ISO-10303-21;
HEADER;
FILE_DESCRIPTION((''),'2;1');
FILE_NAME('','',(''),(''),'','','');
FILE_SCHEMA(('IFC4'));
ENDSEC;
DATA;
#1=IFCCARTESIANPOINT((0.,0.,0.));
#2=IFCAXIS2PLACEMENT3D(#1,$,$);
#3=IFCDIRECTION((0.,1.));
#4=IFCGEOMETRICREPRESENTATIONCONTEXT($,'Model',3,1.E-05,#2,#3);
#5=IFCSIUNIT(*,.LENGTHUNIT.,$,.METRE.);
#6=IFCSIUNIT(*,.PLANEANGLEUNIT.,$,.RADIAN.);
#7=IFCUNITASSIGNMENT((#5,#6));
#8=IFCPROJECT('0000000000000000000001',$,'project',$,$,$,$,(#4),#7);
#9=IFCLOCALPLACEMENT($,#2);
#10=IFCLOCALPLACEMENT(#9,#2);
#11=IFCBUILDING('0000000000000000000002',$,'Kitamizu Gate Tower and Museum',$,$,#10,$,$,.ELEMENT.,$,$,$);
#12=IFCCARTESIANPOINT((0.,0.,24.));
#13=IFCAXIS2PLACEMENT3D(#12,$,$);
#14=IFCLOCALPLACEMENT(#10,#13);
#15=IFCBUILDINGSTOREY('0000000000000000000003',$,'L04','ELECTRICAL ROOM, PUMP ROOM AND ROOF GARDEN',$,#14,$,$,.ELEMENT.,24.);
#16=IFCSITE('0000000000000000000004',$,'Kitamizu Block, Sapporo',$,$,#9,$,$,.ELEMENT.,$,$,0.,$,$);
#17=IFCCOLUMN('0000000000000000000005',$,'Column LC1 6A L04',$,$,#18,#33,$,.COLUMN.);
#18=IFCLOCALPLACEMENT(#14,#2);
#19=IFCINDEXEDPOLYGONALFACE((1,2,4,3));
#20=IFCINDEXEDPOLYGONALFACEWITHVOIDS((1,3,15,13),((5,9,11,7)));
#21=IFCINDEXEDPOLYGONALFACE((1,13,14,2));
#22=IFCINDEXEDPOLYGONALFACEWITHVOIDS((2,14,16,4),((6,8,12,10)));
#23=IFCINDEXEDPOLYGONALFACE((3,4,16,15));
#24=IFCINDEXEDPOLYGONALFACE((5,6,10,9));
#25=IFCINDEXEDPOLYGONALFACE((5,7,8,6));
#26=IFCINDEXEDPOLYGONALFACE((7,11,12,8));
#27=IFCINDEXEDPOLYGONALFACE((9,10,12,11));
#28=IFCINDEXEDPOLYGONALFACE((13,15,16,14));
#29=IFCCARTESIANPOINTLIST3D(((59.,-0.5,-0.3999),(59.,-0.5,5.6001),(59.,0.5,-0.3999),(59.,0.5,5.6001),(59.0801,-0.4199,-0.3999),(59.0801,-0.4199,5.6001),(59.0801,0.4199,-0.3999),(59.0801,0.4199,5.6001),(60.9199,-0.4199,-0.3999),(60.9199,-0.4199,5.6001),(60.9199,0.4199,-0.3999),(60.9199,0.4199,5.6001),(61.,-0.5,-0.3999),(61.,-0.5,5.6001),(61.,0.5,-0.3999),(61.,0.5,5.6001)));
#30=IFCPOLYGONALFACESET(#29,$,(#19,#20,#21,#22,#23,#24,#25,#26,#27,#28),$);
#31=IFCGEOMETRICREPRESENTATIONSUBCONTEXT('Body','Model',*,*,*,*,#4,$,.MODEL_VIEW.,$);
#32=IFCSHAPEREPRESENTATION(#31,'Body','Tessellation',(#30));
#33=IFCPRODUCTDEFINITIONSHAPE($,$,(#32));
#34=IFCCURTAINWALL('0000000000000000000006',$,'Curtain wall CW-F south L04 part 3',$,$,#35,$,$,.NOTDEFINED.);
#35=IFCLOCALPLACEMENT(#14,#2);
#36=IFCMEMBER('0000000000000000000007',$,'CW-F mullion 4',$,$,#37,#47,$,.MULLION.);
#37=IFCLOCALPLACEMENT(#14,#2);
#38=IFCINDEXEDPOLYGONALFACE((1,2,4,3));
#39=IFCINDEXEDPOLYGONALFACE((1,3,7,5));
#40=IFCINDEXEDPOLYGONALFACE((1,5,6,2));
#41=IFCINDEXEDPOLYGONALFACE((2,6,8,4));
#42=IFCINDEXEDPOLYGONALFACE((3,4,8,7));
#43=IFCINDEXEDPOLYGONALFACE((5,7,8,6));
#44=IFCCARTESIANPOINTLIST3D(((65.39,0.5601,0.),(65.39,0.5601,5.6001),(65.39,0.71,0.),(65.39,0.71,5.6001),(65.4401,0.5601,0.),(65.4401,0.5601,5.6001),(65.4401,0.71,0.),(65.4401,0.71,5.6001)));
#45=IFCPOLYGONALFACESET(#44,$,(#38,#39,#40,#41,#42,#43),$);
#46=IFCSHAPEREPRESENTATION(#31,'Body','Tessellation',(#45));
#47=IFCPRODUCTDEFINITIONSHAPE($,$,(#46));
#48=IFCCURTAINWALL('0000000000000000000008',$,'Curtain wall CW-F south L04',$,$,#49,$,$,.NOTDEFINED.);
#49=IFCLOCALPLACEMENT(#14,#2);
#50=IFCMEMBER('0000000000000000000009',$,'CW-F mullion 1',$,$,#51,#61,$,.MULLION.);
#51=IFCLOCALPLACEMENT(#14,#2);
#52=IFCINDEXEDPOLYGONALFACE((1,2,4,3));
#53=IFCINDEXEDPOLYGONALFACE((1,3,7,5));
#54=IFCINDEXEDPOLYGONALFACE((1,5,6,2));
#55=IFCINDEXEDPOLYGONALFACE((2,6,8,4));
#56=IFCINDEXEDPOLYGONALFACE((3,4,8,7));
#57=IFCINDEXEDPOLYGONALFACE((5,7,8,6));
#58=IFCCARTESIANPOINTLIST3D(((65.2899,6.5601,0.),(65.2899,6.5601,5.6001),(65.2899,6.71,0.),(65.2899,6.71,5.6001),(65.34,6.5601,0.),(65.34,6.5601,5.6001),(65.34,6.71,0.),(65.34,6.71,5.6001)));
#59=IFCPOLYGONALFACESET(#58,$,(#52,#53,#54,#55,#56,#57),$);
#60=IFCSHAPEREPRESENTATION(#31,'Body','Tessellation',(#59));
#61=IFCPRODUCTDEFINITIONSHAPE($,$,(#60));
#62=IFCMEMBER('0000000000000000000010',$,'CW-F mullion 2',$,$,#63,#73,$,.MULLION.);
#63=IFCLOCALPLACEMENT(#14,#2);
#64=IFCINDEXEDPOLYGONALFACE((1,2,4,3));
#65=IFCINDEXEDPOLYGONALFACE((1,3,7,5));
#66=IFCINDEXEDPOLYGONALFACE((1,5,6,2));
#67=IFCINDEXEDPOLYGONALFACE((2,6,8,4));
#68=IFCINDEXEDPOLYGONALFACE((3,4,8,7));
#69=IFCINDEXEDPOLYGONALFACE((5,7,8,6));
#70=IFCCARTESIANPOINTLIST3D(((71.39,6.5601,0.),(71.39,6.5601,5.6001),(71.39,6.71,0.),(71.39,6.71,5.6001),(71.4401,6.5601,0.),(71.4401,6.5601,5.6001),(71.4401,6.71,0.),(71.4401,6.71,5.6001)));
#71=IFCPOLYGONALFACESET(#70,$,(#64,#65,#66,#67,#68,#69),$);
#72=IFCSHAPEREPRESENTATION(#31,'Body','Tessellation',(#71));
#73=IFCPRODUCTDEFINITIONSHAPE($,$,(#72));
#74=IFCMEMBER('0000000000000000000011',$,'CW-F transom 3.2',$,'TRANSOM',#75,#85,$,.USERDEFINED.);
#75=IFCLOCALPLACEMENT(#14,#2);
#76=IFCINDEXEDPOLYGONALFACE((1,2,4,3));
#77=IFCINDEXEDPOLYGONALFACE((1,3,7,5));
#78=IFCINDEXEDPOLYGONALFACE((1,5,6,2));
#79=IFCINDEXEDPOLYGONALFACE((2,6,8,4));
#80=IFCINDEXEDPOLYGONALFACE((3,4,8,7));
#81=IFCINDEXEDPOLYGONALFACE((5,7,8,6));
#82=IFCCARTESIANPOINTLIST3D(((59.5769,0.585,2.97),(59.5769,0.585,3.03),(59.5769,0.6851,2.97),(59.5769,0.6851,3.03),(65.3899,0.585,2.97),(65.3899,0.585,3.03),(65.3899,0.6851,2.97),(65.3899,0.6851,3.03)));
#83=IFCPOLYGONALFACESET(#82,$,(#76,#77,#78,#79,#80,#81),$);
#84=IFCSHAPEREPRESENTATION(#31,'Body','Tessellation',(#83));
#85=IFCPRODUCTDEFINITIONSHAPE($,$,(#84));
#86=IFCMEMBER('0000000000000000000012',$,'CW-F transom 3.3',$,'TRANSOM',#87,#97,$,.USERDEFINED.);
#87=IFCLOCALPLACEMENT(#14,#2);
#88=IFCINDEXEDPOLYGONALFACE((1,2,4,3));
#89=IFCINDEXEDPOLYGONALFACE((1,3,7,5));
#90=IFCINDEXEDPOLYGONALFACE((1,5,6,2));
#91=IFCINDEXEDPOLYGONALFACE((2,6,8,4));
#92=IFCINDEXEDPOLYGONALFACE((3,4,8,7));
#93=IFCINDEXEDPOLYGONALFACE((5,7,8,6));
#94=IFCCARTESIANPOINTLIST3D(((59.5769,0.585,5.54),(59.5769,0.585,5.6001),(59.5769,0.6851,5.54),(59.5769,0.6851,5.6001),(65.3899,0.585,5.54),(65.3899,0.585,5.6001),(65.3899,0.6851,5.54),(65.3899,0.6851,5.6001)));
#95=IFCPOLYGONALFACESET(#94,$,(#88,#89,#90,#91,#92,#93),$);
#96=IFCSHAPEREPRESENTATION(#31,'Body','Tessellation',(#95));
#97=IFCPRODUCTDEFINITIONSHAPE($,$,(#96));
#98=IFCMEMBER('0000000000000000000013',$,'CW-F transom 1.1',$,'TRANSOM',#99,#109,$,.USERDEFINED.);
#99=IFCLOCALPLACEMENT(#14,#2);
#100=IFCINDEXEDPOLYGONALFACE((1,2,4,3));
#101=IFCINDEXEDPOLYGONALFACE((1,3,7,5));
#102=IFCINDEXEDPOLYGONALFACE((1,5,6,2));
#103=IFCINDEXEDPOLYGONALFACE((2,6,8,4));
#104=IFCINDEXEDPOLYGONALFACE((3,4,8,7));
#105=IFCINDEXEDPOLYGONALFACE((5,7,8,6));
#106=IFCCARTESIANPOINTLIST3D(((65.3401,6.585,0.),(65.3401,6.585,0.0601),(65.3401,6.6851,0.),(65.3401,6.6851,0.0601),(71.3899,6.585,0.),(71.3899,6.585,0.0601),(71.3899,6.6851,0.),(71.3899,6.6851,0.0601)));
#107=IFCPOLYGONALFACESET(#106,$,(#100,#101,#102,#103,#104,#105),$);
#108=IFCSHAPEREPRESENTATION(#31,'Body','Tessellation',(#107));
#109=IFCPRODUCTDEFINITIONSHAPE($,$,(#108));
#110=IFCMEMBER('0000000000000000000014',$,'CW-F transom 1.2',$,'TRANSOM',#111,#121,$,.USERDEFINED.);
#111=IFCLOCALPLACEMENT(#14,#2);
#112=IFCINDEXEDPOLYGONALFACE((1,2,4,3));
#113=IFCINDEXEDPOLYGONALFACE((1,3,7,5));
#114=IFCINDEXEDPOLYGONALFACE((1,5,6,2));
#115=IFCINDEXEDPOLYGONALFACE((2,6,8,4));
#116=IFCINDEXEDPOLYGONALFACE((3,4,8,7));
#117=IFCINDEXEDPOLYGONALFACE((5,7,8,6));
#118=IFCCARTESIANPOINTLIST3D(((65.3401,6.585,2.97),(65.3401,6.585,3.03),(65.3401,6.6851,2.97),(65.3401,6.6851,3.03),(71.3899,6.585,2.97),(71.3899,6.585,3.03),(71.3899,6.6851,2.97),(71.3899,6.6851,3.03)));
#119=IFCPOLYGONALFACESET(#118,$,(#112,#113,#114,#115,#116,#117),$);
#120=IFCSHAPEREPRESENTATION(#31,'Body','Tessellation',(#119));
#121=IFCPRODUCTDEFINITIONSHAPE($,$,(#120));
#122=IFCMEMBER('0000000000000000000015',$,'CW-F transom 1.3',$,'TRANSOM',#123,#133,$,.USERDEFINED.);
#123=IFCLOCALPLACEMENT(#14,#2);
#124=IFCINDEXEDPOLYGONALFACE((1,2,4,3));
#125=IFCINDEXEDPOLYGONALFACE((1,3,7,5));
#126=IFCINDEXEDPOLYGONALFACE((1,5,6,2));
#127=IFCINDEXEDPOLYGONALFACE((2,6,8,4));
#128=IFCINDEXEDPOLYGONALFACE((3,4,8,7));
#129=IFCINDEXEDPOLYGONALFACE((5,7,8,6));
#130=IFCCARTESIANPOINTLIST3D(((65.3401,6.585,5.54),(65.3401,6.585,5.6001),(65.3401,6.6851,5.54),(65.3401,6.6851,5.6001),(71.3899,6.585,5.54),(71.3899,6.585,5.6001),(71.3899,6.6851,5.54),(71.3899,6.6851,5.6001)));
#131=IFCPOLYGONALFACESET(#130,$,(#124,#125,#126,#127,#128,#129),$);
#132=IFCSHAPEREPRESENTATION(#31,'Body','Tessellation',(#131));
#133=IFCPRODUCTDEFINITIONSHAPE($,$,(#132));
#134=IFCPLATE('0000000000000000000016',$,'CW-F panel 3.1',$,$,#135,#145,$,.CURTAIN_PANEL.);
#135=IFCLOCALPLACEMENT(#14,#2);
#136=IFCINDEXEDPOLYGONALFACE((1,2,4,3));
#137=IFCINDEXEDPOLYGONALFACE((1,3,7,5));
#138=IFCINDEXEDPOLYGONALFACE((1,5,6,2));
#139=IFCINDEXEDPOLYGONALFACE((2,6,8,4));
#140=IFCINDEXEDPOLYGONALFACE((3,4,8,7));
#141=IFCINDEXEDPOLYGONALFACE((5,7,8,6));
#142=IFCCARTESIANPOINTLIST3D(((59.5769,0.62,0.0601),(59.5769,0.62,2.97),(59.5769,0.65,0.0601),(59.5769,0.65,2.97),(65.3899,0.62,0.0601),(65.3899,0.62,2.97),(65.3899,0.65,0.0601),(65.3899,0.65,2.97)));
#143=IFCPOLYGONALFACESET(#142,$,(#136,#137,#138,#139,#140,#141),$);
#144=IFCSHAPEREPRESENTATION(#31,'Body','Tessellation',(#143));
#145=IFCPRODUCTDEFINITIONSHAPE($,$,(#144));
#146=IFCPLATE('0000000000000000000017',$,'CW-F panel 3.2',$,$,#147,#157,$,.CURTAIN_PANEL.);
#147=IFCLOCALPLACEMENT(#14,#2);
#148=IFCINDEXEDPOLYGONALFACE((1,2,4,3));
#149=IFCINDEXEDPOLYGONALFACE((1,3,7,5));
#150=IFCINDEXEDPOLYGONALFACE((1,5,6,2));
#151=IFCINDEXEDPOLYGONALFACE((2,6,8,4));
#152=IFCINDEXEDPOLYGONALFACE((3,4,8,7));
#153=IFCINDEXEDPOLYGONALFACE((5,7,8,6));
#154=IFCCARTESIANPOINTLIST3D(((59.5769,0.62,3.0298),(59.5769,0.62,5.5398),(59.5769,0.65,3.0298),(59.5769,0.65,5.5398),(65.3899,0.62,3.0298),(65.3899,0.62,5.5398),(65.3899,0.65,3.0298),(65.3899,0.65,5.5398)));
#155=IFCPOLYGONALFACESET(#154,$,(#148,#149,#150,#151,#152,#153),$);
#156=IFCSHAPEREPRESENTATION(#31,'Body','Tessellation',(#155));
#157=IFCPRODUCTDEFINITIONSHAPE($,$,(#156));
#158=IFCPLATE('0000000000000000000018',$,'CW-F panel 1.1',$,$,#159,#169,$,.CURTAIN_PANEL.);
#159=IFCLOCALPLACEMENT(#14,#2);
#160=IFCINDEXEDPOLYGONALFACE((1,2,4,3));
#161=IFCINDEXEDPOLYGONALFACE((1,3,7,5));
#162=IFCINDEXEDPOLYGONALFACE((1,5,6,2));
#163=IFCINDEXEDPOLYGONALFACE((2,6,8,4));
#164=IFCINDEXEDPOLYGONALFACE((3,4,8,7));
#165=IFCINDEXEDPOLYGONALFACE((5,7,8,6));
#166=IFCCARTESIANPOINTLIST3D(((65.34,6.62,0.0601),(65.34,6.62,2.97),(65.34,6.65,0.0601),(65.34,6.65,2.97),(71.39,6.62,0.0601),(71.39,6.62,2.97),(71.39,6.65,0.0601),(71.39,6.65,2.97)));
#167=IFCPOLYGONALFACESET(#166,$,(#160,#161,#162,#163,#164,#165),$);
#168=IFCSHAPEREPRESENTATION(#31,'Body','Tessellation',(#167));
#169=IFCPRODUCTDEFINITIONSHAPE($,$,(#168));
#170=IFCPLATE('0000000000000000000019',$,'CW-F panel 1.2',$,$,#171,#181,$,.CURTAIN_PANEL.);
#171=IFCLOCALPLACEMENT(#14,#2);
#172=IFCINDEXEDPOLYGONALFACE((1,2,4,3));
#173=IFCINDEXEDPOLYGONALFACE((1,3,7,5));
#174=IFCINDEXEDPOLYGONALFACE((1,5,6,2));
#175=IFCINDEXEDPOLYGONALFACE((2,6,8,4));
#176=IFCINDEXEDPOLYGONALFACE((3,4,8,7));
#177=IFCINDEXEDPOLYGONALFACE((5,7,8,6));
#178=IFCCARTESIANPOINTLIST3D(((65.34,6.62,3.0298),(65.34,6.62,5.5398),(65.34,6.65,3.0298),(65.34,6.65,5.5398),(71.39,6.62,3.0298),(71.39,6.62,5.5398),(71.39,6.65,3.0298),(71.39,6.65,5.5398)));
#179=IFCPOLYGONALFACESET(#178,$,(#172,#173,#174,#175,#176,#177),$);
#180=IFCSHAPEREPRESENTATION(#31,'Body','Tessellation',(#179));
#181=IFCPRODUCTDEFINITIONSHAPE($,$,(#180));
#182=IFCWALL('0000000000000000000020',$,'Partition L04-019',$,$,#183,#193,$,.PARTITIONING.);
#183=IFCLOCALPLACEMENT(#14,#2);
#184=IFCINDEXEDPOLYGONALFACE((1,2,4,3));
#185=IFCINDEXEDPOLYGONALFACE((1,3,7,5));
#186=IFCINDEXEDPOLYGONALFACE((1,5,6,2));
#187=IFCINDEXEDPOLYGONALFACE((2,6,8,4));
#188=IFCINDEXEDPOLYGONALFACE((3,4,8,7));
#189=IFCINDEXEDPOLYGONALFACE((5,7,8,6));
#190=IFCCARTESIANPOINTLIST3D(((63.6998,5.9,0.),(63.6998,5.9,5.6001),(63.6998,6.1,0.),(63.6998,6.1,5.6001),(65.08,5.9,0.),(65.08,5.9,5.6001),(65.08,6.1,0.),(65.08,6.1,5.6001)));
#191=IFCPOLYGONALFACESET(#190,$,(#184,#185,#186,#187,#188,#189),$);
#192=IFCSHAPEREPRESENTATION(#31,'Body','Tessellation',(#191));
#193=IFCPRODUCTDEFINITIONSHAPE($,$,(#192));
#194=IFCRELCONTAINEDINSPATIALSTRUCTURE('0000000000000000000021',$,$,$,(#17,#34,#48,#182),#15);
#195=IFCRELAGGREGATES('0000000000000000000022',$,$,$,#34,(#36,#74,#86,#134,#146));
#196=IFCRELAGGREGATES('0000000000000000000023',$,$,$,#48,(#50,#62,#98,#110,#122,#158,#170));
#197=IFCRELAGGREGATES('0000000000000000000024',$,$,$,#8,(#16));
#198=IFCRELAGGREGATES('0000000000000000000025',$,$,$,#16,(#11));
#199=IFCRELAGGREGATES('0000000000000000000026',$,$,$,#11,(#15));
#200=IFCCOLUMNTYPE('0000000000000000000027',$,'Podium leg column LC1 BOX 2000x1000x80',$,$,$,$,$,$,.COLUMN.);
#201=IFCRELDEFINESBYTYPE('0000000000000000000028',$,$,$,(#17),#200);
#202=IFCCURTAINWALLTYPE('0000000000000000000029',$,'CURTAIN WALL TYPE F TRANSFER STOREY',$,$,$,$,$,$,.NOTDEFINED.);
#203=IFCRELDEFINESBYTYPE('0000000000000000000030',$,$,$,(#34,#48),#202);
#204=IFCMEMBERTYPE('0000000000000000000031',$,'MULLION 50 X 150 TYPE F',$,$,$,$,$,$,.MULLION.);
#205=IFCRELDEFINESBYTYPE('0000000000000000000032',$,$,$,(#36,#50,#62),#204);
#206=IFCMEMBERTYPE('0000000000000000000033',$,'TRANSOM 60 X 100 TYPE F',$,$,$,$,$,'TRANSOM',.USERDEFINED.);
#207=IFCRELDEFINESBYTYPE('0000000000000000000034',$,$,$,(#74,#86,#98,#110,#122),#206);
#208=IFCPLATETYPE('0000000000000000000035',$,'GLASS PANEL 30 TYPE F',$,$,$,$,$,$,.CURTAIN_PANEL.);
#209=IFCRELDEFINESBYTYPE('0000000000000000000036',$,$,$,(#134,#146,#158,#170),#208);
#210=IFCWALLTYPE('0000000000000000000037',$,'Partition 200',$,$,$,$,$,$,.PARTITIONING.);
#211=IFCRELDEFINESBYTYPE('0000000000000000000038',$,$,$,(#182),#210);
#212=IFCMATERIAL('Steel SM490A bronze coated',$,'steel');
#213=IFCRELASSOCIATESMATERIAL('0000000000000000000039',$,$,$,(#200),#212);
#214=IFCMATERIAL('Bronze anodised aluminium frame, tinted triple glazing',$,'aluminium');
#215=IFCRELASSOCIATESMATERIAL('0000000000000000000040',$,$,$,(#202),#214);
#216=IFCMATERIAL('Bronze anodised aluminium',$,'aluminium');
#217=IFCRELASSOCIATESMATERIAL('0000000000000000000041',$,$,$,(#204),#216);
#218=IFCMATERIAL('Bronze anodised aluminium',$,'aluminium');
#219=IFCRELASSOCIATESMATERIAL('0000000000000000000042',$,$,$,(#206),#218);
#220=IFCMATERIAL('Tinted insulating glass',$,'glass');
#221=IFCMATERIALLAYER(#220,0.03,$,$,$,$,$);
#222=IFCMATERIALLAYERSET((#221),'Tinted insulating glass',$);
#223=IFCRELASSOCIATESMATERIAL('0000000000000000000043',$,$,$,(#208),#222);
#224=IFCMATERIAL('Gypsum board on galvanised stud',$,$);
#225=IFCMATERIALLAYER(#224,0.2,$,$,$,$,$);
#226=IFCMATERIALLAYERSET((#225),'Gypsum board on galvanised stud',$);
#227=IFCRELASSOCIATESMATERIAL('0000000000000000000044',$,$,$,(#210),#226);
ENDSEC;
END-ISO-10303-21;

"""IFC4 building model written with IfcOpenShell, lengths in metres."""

from ifc_helpers import new_model, si_unit, direction, frame, frame_2d, origin, origin_2d, place, context, subcontext, project, spatial, rectangle, hollow_rectangle, extrude, material, layer, layer_set, material_profile, profile_set, type_object, element, aggregate, save


model = new_model("IFC4")

# Units and contexts
model_context = context("Model", 3, precision=1e-05, world=origin(), true_north=direction((0.0, 1.0)))
body_context = subcontext(model_context, "Body", "Model", "MODEL_VIEW")
ifc_project = project(units=[si_unit("LENGTHUNIT", "METRE"), si_unit("PLANEANGLEUNIT", "RADIAN")], contexts=[model_context])

# Site, building, storey
site_placement = place(None, origin())
site = spatial("IfcSite", under=ifc_project, at=site_placement, Name="Kitamizu Block, Sapporo", CompositionType="ELEMENT", RefElevation=0.0)
building_placement = place(site_placement, origin())
building = spatial("IfcBuilding", under=site, at=building_placement, Name="Kitamizu Gate Tower and Museum", CompositionType="ELEMENT")
storey_placement = place(building_placement, frame((0.0, 0.0, 24.0)))
storey = spatial("IfcBuildingStorey", under=building, at=storey_placement, Name="L04", Description="ELECTRICAL ROOM, PUMP ROOM AND ROOF GARDEN", CompositionType="ELEMENT", Elevation=24.0)

# Column
ifc_material_1 = material(Name="Steel SM490A bronze coated", Category="steel")
ifc_material_profile_1 = material_profile(ifc_material_1, hollow_rectangle(XDim=2.0, YDim=1.0, WallThickness=0.0801, at=origin_2d()), Name="BOX 2000x1000x80")
ifc_profile_set_1 = profile_set([ifc_material_profile_1], Name="Steel SM490A bronze coated")
column_type = type_object("IfcColumnType", Name="Podium leg column LC1 BOX 2000x1000x80", PredefinedType="COLUMN", material=ifc_profile_set_1)
column_placement = place(storey_placement, frame((60.0, 0.0, -0.3999), z_axis=(0.0, 0.0, 1.0), x_axis=(1.0, 0.0, 0.0)))
element("IfcColumn", 1, at=column_placement, inside=storey, type_object=column_type, Name="Column LC1 6A L04", PredefinedType="COLUMN", context=body_context, shape_type="SweptSolid", body=[
    extrude(hollow_rectangle(XDim=2.0, YDim=1.0, WallThickness=0.0801, at=origin_2d()), origin(), (0.0, 0.0, 1.0), 6.0),
])

# Curtain wall, member
ifc_material_2 = material(Name="Bronze anodised aluminium frame, tinted triple glazing", Category="aluminium")
curtain_wall_type = type_object("IfcCurtainWallType", Name="CURTAIN WALL TYPE F TRANSFER STOREY", PredefinedType="NOTDEFINED", material=ifc_material_2)
curtain_wall_1_placement = place(storey_placement, origin())
curtain_wall_1 = element("IfcCurtainWall", 2, at=curtain_wall_1_placement, inside=storey, type_object=curtain_wall_type, Name="Curtain wall CW-F south L04 part 3", PredefinedType="NOTDEFINED")
ifc_material_3 = material(Name="Bronze anodised aluminium", Category="aluminium")
ifc_material_profile_2 = material_profile(ifc_material_3, rectangle(XDim=0.05, YDim=0.1499, at=origin_2d()), Name="AL 50X150")
ifc_profile_set_2 = profile_set([ifc_material_profile_2], Name="Bronze anodised aluminium")
member_type_1 = type_object("IfcMemberType", Name="MULLION 50 X 150 TYPE F", PredefinedType="MULLION", material=ifc_profile_set_2)
member_1_placement = place(storey_placement, frame((65.415, 0.635, 0.0), z_axis=(0.0, 0.0, 1.0), x_axis=(1.0, 0.0, 0.0)))
member_1 = element("IfcMember", 3, at=member_1_placement, type_object=member_type_1, Name="CW-F mullion 4", PredefinedType="MULLION", context=body_context, shape_type="SweptSolid", body=[
    extrude(rectangle(XDim=0.05, YDim=0.1499, at=origin_2d()), origin(), (0.0, 0.0, 1.0), 5.6001),
])

# Curtain wall, members
curtain_wall_2_placement = place(storey_placement, origin())
curtain_wall_2 = element("IfcCurtainWall", 4, at=curtain_wall_2_placement, inside=storey, type_object=curtain_wall_type, Name="Curtain wall CW-F south L04", PredefinedType="NOTDEFINED")
member_2_placement = place(storey_placement, frame((65.3149, 6.635, 0.0), z_axis=(0.0, 0.0, 1.0), x_axis=(1.0, 0.0, 0.0)))
member_2 = element("IfcMember", 5, at=member_2_placement, type_object=member_type_1, Name="CW-F mullion 1", PredefinedType="MULLION", context=body_context, shape_type="SweptSolid", body=[
    extrude(rectangle(XDim=0.05, YDim=0.1499, at=origin_2d()), origin(), (0.0, 0.0, 1.0), 5.6001),
])
member_3_placement = place(storey_placement, frame((71.415, 6.635, 0.0), z_axis=(0.0, 0.0, 1.0), x_axis=(1.0, 0.0, 0.0)))
member_3 = element("IfcMember", 6, at=member_3_placement, type_object=member_type_1, Name="CW-F mullion 2", PredefinedType="MULLION", context=body_context, shape_type="SweptSolid", body=[
    extrude(rectangle(XDim=0.05, YDim=0.1499, at=origin_2d()), origin(), (0.0, 0.0, 1.0), 5.6001),
])

# Members
ifc_material_4 = material(Name="Bronze anodised aluminium", Category="aluminium")
ifc_material_profile_3 = material_profile(ifc_material_4, rectangle(XDim=0.1001, YDim=0.0601, at=origin_2d()), Name="AL 60X100")
ifc_profile_set_3 = profile_set([ifc_material_profile_3], Name="Bronze anodised aluminium")
member_type_2 = type_object("IfcMemberType", Name="TRANSOM 60 X 100 TYPE F", ElementType="TRANSOM", PredefinedType="USERDEFINED", material=ifc_profile_set_3)
member_4_placement = place(storey_placement, frame((59.5769, 0.635, 3.0), z_axis=(1.0, 0.0, 0.0), x_axis=(0.0, 1.0, 0.0)))
member_4 = element("IfcMember", 7, at=member_4_placement, type_object=member_type_2, Name="CW-F transom 3.2", ObjectType="TRANSOM", PredefinedType="USERDEFINED", context=body_context, shape_type="SweptSolid", body=[
    extrude(rectangle(XDim=0.1001, YDim=0.0601, at=origin_2d()), origin(), (0.0, 0.0, 1.0), 5.813),
])
member_5_placement = place(storey_placement, frame((59.5769, 0.635, 5.5701), z_axis=(1.0, 0.0, 0.0), x_axis=(0.0, 1.0, 0.0)))
member_5 = element("IfcMember", 8, at=member_5_placement, type_object=member_type_2, Name="CW-F transom 3.3", ObjectType="TRANSOM", PredefinedType="USERDEFINED", context=body_context, shape_type="SweptSolid", body=[
    extrude(rectangle(XDim=0.1001, YDim=0.0601, at=origin_2d()), origin(), (0.0, 0.0, 1.0), 5.813),
])
member_6_placement = place(storey_placement, frame((65.3401, 6.635, 0.03), z_axis=(1.0, 0.0, 0.0), x_axis=(0.0, 1.0, 0.0)))
member_6 = element("IfcMember", 9, at=member_6_placement, type_object=member_type_2, Name="CW-F transom 1.1", ObjectType="TRANSOM", PredefinedType="USERDEFINED", context=body_context, shape_type="SweptSolid", body=[
    extrude(rectangle(XDim=0.1001, YDim=0.0601, at=origin_2d()), origin(), (0.0, 0.0, 1.0), 6.0498),
])
member_7_placement = place(storey_placement, frame((65.3401, 6.635, 3.0), z_axis=(1.0, 0.0, 0.0), x_axis=(0.0, 1.0, 0.0)))
member_7 = element("IfcMember", 10, at=member_7_placement, type_object=member_type_2, Name="CW-F transom 1.2", ObjectType="TRANSOM", PredefinedType="USERDEFINED", context=body_context, shape_type="SweptSolid", body=[
    extrude(rectangle(XDim=0.1001, YDim=0.0601, at=origin_2d()), origin(), (0.0, 0.0, 1.0), 6.0498),
])
member_8_placement = place(storey_placement, frame((65.3401, 6.635, 5.5701), z_axis=(1.0, 0.0, 0.0), x_axis=(0.0, 1.0, 0.0)))
member_8 = element("IfcMember", 11, at=member_8_placement, type_object=member_type_2, Name="CW-F transom 1.3", ObjectType="TRANSOM", PredefinedType="USERDEFINED", context=body_context, shape_type="SweptSolid", body=[
    extrude(rectangle(XDim=0.1001, YDim=0.0601, at=origin_2d()), origin(), (0.0, 0.0, 1.0), 6.0498),
])

# Plates
ifc_material_5 = material(Name="Tinted insulating glass", Category="glass")
ifc_layer_1 = layer(ifc_material_5, 0.03)
ifc_layer_set_1 = layer_set([ifc_layer_1], Name="Tinted insulating glass")
plate_type = type_object("IfcPlateType", Name="GLASS PANEL 30 TYPE F", PredefinedType="CURTAIN_PANEL", material=ifc_layer_set_1)
plate_1_placement = place(storey_placement, frame((62.4834, 0.635, 0.0601), z_axis=(0.0, 0.0, 1.0), x_axis=(1.0, 0.0, 0.0)))
plate_1 = element("IfcPlate", 12, at=plate_1_placement, type_object=plate_type, Name="CW-F panel 3.1", PredefinedType="CURTAIN_PANEL", context=body_context, shape_type="SweptSolid", body=[
    extrude(rectangle(XDim=5.813, YDim=0.03, at=origin_2d()), origin(), (0.0, 0.0, 1.0), 2.9099),
])
plate_2_placement = place(storey_placement, frame((62.4834, 0.635, 3.0298), z_axis=(0.0, 0.0, 1.0), x_axis=(1.0, 0.0, 0.0)))
plate_2 = element("IfcPlate", 13, at=plate_2_placement, type_object=plate_type, Name="CW-F panel 3.2", PredefinedType="CURTAIN_PANEL", context=body_context, shape_type="SweptSolid", body=[
    extrude(rectangle(XDim=5.813, YDim=0.03, at=origin_2d()), origin(), (0.0, 0.0, 1.0), 2.51),
])
aggregate(curtain_wall_1, [member_1, member_4, member_5, plate_1, plate_2])
plate_3_placement = place(storey_placement, frame((68.365, 6.635, 0.0601), z_axis=(0.0, 0.0, 1.0), x_axis=(1.0, 0.0, 0.0)))
plate_3 = element("IfcPlate", 14, at=plate_3_placement, type_object=plate_type, Name="CW-F panel 1.1", PredefinedType="CURTAIN_PANEL", context=body_context, shape_type="SweptSolid", body=[
    extrude(rectangle(XDim=6.05, YDim=0.03, at=origin_2d()), origin(), (0.0, 0.0, 1.0), 2.9099),
])
plate_4_placement = place(storey_placement, frame((68.365, 6.635, 3.0298), z_axis=(0.0, 0.0, 1.0), x_axis=(1.0, 0.0, 0.0)))
plate_4 = element("IfcPlate", 15, at=plate_4_placement, type_object=plate_type, Name="CW-F panel 1.2", PredefinedType="CURTAIN_PANEL", context=body_context, shape_type="SweptSolid", body=[
    extrude(rectangle(XDim=6.05, YDim=0.03, at=origin_2d()), origin(), (0.0, 0.0, 1.0), 2.51),
])
aggregate(curtain_wall_2, [member_2, member_3, member_6, member_7, member_8, plate_3, plate_4])

# Wall
ifc_material_6 = material(Name="Gypsum board on galvanised stud")
ifc_layer_2 = layer(ifc_material_6, 0.2)
ifc_layer_set_2 = layer_set([ifc_layer_2], Name="Gypsum board on galvanised stud")
wall_type_1 = type_object("IfcWallType", Name="Partition 200", PredefinedType="PARTITIONING", material=ifc_layer_set_2)
wall_1_placement = place(storey_placement, frame((63.7, 6.0, 0.0), z_axis=(0.0, 0.0, 1.0), x_axis=(1.0, 0.0, 0.0)))
element("IfcWall", 16, at=wall_1_placement, inside=storey, type_object=wall_type_1, Name="Partition L04-019", PredefinedType="PARTITIONING", context=body_context, shape_type="SweptSolid", body=[
    extrude(rectangle(XDim=1.3801, YDim=0.2, at=frame_2d((0.6899, 0.0))), origin(), (0.0, 0.0, 1.0), 5.6001),
])

save(model, "model.ifc")
